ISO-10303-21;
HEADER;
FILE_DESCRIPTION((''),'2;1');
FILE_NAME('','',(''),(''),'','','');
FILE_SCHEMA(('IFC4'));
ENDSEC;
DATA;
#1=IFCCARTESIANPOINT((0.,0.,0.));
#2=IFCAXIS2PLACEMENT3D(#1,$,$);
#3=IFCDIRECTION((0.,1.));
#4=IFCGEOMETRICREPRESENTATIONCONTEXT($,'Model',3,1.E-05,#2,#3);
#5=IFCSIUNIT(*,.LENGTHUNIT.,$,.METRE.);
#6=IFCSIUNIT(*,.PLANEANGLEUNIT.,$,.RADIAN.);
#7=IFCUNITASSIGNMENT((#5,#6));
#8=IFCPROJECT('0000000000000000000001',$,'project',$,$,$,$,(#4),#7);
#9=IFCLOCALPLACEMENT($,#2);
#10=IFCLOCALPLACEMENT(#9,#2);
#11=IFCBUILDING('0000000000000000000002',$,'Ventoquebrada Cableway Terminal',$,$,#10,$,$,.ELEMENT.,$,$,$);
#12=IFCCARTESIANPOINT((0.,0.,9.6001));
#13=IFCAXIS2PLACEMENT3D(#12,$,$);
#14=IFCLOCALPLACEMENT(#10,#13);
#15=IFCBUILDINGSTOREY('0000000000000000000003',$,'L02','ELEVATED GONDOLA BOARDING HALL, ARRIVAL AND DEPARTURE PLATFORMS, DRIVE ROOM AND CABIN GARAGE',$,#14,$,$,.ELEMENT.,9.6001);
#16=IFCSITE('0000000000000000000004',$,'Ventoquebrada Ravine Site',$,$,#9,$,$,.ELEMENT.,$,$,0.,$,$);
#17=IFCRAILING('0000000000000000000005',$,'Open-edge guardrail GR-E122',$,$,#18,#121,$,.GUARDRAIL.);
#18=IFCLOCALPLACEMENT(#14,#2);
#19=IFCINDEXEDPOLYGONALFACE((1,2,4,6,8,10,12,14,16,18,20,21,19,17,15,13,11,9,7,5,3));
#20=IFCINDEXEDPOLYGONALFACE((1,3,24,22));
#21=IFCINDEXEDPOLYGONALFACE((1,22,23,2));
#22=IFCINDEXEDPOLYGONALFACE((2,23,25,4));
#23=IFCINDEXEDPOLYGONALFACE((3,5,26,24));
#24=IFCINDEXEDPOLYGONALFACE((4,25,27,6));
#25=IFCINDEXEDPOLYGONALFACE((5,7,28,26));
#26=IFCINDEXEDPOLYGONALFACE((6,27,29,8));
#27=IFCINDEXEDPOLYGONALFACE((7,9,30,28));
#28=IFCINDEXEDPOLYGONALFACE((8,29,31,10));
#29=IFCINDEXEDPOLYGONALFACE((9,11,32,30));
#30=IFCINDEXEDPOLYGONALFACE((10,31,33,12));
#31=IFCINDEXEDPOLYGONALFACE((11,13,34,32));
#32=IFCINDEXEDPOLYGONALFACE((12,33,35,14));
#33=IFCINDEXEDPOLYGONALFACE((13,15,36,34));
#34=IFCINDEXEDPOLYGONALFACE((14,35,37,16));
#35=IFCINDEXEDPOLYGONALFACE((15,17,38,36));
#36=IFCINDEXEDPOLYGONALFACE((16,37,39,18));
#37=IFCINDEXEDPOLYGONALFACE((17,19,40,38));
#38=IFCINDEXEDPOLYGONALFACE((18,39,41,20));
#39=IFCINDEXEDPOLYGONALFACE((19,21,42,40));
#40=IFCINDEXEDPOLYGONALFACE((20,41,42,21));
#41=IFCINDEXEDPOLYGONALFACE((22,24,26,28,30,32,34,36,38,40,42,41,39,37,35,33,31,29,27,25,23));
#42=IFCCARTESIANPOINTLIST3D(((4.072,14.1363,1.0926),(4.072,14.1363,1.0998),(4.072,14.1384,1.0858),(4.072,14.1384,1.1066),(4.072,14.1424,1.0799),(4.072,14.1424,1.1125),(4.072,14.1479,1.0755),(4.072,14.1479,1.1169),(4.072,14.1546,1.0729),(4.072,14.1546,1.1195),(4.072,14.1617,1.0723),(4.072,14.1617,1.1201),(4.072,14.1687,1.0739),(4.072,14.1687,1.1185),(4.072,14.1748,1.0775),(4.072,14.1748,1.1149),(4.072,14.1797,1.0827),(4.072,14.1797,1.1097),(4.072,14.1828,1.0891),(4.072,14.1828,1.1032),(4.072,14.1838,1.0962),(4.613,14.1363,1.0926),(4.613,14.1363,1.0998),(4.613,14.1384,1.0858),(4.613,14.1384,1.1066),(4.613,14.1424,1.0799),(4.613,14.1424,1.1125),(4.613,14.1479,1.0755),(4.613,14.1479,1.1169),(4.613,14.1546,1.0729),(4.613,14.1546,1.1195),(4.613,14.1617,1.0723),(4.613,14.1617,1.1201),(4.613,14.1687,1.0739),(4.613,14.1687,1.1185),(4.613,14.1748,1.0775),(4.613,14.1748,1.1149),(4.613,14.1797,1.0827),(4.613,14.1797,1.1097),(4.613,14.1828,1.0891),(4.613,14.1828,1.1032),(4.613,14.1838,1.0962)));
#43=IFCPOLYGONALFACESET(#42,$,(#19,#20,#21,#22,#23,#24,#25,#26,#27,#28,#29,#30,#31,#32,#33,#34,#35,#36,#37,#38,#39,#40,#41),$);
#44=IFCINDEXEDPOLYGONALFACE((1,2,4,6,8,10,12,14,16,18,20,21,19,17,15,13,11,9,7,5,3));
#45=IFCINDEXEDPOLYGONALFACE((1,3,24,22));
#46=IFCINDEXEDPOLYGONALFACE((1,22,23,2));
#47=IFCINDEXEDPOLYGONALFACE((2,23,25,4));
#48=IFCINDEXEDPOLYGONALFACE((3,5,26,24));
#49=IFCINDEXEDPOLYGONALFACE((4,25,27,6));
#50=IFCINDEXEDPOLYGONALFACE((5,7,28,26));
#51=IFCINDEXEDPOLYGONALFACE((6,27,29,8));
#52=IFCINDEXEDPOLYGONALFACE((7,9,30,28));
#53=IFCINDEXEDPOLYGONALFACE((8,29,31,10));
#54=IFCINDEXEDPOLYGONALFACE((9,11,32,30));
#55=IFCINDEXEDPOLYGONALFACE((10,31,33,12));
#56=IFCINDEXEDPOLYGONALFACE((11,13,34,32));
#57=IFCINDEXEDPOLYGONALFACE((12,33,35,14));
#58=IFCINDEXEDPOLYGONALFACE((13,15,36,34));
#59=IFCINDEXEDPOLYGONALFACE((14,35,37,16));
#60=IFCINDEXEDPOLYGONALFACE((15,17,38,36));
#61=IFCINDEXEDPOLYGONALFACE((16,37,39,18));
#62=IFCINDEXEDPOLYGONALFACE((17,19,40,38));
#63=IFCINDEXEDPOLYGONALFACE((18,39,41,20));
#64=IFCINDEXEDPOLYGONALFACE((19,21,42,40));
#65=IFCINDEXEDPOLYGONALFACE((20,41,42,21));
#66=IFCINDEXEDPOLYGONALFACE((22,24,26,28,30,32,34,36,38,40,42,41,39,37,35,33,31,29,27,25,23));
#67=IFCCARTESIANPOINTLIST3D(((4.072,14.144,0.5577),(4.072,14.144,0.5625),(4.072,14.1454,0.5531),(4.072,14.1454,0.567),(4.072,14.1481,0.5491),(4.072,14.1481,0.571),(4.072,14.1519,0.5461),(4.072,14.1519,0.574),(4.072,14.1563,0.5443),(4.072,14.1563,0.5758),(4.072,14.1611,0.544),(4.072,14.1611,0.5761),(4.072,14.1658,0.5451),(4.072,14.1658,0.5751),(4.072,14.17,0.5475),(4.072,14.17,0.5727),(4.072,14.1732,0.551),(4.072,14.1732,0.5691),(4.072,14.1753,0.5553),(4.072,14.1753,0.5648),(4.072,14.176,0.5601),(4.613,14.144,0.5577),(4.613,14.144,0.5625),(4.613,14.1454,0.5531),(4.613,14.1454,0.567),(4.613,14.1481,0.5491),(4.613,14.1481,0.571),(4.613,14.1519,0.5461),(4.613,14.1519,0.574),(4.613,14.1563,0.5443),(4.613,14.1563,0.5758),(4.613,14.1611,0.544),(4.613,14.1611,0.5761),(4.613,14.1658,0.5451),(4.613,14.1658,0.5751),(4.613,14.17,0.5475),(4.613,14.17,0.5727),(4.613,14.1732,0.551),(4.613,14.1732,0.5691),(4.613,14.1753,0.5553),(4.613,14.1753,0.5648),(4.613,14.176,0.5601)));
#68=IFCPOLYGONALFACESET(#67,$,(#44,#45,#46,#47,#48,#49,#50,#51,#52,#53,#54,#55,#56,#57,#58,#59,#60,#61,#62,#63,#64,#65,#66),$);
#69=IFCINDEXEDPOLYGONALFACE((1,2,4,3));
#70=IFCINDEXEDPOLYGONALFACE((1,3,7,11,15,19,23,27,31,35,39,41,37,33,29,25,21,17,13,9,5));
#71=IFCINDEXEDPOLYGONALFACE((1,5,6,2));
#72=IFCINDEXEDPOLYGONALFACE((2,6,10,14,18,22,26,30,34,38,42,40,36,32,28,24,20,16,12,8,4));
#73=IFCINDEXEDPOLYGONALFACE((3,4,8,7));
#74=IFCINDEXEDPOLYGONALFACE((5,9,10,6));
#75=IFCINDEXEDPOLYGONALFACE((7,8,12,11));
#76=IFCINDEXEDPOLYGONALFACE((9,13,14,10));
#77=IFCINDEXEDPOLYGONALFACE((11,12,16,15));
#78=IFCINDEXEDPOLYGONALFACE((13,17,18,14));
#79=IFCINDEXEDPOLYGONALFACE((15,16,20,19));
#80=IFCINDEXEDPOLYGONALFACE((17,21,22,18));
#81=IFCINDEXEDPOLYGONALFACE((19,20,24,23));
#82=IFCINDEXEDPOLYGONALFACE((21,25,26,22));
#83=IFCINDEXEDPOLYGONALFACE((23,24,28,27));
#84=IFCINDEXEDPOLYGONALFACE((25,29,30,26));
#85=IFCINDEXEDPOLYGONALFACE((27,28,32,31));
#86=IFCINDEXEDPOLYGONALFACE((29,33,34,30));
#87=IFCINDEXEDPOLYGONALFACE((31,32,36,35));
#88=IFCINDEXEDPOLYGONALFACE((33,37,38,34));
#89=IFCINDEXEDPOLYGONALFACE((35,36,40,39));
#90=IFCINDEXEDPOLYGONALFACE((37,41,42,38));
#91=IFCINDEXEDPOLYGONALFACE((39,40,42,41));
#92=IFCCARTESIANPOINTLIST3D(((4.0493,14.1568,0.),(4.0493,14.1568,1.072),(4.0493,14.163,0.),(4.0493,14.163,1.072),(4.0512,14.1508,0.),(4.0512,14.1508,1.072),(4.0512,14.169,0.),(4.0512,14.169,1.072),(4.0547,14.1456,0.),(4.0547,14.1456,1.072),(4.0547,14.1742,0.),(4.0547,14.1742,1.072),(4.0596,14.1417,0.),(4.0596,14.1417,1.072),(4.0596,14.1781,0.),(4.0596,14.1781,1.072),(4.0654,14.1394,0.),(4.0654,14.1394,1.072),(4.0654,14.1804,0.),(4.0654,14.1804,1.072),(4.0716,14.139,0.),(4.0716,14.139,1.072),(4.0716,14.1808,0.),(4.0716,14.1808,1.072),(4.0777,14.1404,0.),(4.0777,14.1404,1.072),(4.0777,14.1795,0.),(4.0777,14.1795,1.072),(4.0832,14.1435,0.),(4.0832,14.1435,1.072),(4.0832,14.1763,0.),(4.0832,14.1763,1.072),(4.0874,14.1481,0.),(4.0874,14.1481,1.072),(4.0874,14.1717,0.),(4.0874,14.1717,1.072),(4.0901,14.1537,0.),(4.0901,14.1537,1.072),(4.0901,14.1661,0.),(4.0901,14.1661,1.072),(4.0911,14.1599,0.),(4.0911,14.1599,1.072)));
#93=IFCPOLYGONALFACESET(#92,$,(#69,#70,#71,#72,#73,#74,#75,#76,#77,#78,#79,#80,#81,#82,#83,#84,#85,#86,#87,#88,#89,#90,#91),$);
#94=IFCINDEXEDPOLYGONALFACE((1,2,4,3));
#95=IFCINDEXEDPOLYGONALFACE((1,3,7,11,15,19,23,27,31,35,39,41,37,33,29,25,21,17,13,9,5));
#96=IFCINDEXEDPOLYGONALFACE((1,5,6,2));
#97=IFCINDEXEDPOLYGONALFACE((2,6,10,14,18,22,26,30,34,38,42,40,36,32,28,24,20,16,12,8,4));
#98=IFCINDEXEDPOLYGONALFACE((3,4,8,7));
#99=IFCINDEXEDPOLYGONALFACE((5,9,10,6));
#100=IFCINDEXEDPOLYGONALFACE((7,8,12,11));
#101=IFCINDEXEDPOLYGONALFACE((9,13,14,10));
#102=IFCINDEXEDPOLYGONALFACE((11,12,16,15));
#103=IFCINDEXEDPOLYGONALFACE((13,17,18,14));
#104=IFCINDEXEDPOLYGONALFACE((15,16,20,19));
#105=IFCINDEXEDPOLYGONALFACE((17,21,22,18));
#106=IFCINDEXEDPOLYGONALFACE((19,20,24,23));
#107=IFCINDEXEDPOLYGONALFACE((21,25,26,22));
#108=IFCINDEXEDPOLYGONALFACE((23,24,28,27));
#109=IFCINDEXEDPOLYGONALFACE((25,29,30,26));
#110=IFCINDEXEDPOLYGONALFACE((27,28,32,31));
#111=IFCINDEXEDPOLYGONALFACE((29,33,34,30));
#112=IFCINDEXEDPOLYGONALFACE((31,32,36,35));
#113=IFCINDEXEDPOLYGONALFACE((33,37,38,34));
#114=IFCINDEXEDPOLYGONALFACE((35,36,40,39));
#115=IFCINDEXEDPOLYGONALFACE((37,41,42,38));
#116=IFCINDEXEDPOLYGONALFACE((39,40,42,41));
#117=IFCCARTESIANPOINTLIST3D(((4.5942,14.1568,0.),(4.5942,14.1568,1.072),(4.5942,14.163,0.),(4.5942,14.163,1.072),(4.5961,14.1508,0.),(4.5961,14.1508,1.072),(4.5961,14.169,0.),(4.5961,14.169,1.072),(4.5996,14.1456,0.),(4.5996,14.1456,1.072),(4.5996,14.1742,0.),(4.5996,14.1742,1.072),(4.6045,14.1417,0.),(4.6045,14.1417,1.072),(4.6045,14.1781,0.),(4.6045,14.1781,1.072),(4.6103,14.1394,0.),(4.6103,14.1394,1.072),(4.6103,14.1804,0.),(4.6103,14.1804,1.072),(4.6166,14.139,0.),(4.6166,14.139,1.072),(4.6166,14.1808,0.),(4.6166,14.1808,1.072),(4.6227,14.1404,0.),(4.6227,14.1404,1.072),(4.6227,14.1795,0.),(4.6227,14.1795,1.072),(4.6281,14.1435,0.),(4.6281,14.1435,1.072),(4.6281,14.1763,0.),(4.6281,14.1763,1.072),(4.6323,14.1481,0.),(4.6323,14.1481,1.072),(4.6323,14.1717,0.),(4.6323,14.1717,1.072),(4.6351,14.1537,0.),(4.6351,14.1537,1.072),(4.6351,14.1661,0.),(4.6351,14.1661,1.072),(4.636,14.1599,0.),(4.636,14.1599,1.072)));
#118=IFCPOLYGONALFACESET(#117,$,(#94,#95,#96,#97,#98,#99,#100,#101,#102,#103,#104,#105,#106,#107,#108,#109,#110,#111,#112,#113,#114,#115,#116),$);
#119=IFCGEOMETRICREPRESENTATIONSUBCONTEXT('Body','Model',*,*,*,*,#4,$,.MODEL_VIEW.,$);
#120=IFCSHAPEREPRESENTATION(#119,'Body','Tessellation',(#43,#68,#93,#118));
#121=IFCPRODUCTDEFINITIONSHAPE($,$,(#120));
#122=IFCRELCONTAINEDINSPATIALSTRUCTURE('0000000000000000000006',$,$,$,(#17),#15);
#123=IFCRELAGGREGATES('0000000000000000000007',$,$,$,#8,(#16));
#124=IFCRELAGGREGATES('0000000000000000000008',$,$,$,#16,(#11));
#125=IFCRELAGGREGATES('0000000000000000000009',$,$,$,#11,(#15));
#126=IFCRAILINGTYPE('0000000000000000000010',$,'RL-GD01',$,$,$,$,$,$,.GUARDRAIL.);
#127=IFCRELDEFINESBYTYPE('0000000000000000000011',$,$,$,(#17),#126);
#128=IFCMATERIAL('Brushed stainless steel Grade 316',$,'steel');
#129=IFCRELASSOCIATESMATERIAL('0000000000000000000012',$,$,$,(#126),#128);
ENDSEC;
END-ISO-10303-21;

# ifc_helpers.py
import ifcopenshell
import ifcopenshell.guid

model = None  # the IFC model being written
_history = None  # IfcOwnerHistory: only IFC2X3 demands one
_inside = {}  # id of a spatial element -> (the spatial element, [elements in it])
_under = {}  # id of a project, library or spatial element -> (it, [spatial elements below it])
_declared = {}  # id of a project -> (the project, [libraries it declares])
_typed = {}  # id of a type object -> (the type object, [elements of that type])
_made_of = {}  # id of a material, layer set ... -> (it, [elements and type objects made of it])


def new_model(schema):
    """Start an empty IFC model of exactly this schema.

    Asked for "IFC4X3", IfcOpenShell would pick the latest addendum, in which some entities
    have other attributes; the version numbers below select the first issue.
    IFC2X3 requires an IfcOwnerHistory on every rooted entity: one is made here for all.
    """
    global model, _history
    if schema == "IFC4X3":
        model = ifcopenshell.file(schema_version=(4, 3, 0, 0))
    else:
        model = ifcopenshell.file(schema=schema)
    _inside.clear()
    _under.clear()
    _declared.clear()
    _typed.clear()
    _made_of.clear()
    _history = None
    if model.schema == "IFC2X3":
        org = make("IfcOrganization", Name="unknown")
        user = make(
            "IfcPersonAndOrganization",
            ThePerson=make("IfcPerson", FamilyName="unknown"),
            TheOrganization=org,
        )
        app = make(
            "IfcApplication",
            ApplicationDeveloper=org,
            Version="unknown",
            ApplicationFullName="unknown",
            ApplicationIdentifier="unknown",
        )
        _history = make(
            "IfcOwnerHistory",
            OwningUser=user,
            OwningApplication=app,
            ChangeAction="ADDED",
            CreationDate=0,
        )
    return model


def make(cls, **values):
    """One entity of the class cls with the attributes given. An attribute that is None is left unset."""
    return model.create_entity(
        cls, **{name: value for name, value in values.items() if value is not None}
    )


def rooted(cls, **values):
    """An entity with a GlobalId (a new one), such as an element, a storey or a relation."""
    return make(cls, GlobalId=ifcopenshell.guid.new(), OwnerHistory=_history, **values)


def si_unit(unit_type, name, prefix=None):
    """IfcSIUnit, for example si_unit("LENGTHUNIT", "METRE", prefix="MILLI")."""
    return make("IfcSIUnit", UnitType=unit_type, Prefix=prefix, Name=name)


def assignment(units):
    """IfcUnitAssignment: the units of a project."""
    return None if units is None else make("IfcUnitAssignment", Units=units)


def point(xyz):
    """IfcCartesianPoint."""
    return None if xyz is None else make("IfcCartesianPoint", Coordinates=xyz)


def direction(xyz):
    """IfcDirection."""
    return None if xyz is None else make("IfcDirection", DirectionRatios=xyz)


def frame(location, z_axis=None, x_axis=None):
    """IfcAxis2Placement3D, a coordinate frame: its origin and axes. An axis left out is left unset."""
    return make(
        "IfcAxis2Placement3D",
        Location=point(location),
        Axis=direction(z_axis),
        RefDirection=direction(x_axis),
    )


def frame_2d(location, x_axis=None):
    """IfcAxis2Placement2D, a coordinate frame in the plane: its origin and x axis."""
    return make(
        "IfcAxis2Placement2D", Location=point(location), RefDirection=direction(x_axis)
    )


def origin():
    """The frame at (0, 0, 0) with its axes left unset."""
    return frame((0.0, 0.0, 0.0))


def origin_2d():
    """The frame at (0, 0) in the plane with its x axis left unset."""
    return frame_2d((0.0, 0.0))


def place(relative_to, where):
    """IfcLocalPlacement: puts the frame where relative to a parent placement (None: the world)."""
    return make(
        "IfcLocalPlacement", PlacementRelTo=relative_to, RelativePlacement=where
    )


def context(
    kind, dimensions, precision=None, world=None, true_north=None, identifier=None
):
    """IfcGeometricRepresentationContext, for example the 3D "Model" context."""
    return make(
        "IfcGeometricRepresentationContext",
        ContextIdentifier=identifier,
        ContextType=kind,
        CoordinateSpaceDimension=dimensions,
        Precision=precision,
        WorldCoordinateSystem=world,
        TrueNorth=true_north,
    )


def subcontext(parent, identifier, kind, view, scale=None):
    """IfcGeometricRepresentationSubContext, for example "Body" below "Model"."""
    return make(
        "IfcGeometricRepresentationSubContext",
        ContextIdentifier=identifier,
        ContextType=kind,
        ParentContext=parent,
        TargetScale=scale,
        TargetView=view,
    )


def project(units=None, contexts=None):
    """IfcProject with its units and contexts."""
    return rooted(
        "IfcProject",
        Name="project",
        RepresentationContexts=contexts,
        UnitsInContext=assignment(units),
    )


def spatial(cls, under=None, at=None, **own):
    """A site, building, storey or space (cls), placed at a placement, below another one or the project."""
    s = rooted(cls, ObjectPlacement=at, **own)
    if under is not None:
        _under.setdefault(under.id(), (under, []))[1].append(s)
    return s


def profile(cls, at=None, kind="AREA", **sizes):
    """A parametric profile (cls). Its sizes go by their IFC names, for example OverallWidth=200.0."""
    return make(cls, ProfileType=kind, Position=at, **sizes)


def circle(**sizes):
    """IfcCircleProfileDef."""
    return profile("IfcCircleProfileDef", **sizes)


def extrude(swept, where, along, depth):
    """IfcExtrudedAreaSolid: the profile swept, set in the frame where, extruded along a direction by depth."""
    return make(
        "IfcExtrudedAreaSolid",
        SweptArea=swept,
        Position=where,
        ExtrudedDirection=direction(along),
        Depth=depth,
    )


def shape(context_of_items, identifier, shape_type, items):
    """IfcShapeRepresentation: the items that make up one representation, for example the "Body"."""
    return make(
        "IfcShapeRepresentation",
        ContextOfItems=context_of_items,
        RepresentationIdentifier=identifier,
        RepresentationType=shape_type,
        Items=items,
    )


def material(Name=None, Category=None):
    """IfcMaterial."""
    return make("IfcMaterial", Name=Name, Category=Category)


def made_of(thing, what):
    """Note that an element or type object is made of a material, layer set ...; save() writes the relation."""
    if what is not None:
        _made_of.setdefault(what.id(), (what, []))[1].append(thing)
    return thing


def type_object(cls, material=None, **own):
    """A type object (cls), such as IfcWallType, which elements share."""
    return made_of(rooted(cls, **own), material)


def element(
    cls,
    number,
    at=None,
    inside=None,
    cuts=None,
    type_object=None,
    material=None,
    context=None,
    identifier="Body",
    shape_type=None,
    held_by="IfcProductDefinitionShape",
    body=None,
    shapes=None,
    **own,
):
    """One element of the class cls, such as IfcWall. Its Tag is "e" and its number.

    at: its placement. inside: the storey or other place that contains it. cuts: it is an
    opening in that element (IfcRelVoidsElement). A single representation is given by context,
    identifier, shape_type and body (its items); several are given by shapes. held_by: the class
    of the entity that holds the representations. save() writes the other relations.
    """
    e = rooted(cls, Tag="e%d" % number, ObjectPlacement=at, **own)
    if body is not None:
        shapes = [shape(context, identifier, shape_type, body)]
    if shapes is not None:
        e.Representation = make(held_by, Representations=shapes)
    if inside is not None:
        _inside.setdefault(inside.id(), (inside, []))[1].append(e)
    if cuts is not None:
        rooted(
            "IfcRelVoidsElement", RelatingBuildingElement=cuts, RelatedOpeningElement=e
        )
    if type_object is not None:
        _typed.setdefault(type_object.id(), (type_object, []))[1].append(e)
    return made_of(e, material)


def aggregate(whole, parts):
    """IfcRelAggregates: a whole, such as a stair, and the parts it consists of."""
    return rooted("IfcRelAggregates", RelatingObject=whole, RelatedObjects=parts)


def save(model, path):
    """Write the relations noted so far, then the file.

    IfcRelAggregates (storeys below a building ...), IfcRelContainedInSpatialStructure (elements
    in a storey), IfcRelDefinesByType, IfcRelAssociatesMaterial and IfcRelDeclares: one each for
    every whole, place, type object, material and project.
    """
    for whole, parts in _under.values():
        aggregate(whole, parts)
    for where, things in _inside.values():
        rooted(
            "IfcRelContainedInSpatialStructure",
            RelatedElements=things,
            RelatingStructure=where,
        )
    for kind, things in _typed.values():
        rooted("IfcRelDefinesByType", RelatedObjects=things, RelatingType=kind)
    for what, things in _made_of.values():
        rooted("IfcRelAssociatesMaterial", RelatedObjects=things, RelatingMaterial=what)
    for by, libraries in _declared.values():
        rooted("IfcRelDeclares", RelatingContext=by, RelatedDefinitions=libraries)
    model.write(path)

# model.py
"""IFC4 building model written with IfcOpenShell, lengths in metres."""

from ifc_helpers import new_model, si_unit, direction, frame, origin, origin_2d, place, context, subcontext, project, spatial, circle, extrude, material, type_object, element, save


model = new_model("IFC4")

# Units and contexts
model_context = context("Model", 3, precision=1e-05, world=origin(), true_north=direction((0.0, 1.0)))
body_context = subcontext(model_context, "Body", "Model", "MODEL_VIEW")
ifc_project = project(units=[si_unit("LENGTHUNIT", "METRE"), si_unit("PLANEANGLEUNIT", "RADIAN")], contexts=[model_context])

# Site, building, storey
site_placement = place(None, origin())
site = spatial("IfcSite", under=ifc_project, at=site_placement, Name="Ventoquebrada Ravine Site", CompositionType="ELEMENT", RefElevation=0.0)
building_placement = place(site_placement, origin())
building = spatial("IfcBuilding", under=site, at=building_placement, Name="Ventoquebrada Cableway Terminal", CompositionType="ELEMENT")
storey_placement = place(building_placement, frame((0.0, 0.0, 9.6001)))
storey = spatial("IfcBuildingStorey", under=building, at=storey_placement, Name="L02", Description="ELEVATED GONDOLA BOARDING HALL, ARRIVAL AND DEPARTURE PLATFORMS, DRIVE ROOM AND CABIN GARAGE", CompositionType="ELEMENT", Elevation=9.6001)

# Shared definitions
ifc_material_1 = material(Name="Brushed stainless steel Grade 316", Category="steel")

# Railing
railing_type_1 = type_object("IfcRailingType", Name="RL-GD01", PredefinedType="GUARDRAIL", material=ifc_material_1)
railing_1_placement = place(storey_placement, frame((4.0701, 14.1599, 0.0)))
element("IfcRailing", 1, at=railing_1_placement, inside=storey, type_object=railing_type_1, Name="Open-edge guardrail GR-E122", PredefinedType="GUARDRAIL", context=body_context, shape_type="SweptSolid", body=[
    extrude(circle(Radius=0.0239, at=origin_2d()), frame((0.002, 0.0, 1.0962), z_axis=(1.0, 0.0, 0.0), x_axis=(0.0, 1.0, 0.0)), (0.0, 0.0, 1.0), 0.541),
    extrude(circle(Radius=0.0161, at=origin_2d()), frame((0.002, 0.0, 0.5601), z_axis=(1.0, 0.0, 0.0), x_axis=(0.0, 1.0, 0.0)), (0.0, 0.0, 1.0), 0.541),
    extrude(circle(Radius=0.021, at=origin_2d()), origin(), (0.0, 0.0, 1.0), 1.072),
    extrude(circle(Radius=0.021, at=origin_2d()), frame((0.5449, 0.0, 0.0)), (0.0, 0.0, 1.0), 1.072),
])

save(model, "model.ifc")
